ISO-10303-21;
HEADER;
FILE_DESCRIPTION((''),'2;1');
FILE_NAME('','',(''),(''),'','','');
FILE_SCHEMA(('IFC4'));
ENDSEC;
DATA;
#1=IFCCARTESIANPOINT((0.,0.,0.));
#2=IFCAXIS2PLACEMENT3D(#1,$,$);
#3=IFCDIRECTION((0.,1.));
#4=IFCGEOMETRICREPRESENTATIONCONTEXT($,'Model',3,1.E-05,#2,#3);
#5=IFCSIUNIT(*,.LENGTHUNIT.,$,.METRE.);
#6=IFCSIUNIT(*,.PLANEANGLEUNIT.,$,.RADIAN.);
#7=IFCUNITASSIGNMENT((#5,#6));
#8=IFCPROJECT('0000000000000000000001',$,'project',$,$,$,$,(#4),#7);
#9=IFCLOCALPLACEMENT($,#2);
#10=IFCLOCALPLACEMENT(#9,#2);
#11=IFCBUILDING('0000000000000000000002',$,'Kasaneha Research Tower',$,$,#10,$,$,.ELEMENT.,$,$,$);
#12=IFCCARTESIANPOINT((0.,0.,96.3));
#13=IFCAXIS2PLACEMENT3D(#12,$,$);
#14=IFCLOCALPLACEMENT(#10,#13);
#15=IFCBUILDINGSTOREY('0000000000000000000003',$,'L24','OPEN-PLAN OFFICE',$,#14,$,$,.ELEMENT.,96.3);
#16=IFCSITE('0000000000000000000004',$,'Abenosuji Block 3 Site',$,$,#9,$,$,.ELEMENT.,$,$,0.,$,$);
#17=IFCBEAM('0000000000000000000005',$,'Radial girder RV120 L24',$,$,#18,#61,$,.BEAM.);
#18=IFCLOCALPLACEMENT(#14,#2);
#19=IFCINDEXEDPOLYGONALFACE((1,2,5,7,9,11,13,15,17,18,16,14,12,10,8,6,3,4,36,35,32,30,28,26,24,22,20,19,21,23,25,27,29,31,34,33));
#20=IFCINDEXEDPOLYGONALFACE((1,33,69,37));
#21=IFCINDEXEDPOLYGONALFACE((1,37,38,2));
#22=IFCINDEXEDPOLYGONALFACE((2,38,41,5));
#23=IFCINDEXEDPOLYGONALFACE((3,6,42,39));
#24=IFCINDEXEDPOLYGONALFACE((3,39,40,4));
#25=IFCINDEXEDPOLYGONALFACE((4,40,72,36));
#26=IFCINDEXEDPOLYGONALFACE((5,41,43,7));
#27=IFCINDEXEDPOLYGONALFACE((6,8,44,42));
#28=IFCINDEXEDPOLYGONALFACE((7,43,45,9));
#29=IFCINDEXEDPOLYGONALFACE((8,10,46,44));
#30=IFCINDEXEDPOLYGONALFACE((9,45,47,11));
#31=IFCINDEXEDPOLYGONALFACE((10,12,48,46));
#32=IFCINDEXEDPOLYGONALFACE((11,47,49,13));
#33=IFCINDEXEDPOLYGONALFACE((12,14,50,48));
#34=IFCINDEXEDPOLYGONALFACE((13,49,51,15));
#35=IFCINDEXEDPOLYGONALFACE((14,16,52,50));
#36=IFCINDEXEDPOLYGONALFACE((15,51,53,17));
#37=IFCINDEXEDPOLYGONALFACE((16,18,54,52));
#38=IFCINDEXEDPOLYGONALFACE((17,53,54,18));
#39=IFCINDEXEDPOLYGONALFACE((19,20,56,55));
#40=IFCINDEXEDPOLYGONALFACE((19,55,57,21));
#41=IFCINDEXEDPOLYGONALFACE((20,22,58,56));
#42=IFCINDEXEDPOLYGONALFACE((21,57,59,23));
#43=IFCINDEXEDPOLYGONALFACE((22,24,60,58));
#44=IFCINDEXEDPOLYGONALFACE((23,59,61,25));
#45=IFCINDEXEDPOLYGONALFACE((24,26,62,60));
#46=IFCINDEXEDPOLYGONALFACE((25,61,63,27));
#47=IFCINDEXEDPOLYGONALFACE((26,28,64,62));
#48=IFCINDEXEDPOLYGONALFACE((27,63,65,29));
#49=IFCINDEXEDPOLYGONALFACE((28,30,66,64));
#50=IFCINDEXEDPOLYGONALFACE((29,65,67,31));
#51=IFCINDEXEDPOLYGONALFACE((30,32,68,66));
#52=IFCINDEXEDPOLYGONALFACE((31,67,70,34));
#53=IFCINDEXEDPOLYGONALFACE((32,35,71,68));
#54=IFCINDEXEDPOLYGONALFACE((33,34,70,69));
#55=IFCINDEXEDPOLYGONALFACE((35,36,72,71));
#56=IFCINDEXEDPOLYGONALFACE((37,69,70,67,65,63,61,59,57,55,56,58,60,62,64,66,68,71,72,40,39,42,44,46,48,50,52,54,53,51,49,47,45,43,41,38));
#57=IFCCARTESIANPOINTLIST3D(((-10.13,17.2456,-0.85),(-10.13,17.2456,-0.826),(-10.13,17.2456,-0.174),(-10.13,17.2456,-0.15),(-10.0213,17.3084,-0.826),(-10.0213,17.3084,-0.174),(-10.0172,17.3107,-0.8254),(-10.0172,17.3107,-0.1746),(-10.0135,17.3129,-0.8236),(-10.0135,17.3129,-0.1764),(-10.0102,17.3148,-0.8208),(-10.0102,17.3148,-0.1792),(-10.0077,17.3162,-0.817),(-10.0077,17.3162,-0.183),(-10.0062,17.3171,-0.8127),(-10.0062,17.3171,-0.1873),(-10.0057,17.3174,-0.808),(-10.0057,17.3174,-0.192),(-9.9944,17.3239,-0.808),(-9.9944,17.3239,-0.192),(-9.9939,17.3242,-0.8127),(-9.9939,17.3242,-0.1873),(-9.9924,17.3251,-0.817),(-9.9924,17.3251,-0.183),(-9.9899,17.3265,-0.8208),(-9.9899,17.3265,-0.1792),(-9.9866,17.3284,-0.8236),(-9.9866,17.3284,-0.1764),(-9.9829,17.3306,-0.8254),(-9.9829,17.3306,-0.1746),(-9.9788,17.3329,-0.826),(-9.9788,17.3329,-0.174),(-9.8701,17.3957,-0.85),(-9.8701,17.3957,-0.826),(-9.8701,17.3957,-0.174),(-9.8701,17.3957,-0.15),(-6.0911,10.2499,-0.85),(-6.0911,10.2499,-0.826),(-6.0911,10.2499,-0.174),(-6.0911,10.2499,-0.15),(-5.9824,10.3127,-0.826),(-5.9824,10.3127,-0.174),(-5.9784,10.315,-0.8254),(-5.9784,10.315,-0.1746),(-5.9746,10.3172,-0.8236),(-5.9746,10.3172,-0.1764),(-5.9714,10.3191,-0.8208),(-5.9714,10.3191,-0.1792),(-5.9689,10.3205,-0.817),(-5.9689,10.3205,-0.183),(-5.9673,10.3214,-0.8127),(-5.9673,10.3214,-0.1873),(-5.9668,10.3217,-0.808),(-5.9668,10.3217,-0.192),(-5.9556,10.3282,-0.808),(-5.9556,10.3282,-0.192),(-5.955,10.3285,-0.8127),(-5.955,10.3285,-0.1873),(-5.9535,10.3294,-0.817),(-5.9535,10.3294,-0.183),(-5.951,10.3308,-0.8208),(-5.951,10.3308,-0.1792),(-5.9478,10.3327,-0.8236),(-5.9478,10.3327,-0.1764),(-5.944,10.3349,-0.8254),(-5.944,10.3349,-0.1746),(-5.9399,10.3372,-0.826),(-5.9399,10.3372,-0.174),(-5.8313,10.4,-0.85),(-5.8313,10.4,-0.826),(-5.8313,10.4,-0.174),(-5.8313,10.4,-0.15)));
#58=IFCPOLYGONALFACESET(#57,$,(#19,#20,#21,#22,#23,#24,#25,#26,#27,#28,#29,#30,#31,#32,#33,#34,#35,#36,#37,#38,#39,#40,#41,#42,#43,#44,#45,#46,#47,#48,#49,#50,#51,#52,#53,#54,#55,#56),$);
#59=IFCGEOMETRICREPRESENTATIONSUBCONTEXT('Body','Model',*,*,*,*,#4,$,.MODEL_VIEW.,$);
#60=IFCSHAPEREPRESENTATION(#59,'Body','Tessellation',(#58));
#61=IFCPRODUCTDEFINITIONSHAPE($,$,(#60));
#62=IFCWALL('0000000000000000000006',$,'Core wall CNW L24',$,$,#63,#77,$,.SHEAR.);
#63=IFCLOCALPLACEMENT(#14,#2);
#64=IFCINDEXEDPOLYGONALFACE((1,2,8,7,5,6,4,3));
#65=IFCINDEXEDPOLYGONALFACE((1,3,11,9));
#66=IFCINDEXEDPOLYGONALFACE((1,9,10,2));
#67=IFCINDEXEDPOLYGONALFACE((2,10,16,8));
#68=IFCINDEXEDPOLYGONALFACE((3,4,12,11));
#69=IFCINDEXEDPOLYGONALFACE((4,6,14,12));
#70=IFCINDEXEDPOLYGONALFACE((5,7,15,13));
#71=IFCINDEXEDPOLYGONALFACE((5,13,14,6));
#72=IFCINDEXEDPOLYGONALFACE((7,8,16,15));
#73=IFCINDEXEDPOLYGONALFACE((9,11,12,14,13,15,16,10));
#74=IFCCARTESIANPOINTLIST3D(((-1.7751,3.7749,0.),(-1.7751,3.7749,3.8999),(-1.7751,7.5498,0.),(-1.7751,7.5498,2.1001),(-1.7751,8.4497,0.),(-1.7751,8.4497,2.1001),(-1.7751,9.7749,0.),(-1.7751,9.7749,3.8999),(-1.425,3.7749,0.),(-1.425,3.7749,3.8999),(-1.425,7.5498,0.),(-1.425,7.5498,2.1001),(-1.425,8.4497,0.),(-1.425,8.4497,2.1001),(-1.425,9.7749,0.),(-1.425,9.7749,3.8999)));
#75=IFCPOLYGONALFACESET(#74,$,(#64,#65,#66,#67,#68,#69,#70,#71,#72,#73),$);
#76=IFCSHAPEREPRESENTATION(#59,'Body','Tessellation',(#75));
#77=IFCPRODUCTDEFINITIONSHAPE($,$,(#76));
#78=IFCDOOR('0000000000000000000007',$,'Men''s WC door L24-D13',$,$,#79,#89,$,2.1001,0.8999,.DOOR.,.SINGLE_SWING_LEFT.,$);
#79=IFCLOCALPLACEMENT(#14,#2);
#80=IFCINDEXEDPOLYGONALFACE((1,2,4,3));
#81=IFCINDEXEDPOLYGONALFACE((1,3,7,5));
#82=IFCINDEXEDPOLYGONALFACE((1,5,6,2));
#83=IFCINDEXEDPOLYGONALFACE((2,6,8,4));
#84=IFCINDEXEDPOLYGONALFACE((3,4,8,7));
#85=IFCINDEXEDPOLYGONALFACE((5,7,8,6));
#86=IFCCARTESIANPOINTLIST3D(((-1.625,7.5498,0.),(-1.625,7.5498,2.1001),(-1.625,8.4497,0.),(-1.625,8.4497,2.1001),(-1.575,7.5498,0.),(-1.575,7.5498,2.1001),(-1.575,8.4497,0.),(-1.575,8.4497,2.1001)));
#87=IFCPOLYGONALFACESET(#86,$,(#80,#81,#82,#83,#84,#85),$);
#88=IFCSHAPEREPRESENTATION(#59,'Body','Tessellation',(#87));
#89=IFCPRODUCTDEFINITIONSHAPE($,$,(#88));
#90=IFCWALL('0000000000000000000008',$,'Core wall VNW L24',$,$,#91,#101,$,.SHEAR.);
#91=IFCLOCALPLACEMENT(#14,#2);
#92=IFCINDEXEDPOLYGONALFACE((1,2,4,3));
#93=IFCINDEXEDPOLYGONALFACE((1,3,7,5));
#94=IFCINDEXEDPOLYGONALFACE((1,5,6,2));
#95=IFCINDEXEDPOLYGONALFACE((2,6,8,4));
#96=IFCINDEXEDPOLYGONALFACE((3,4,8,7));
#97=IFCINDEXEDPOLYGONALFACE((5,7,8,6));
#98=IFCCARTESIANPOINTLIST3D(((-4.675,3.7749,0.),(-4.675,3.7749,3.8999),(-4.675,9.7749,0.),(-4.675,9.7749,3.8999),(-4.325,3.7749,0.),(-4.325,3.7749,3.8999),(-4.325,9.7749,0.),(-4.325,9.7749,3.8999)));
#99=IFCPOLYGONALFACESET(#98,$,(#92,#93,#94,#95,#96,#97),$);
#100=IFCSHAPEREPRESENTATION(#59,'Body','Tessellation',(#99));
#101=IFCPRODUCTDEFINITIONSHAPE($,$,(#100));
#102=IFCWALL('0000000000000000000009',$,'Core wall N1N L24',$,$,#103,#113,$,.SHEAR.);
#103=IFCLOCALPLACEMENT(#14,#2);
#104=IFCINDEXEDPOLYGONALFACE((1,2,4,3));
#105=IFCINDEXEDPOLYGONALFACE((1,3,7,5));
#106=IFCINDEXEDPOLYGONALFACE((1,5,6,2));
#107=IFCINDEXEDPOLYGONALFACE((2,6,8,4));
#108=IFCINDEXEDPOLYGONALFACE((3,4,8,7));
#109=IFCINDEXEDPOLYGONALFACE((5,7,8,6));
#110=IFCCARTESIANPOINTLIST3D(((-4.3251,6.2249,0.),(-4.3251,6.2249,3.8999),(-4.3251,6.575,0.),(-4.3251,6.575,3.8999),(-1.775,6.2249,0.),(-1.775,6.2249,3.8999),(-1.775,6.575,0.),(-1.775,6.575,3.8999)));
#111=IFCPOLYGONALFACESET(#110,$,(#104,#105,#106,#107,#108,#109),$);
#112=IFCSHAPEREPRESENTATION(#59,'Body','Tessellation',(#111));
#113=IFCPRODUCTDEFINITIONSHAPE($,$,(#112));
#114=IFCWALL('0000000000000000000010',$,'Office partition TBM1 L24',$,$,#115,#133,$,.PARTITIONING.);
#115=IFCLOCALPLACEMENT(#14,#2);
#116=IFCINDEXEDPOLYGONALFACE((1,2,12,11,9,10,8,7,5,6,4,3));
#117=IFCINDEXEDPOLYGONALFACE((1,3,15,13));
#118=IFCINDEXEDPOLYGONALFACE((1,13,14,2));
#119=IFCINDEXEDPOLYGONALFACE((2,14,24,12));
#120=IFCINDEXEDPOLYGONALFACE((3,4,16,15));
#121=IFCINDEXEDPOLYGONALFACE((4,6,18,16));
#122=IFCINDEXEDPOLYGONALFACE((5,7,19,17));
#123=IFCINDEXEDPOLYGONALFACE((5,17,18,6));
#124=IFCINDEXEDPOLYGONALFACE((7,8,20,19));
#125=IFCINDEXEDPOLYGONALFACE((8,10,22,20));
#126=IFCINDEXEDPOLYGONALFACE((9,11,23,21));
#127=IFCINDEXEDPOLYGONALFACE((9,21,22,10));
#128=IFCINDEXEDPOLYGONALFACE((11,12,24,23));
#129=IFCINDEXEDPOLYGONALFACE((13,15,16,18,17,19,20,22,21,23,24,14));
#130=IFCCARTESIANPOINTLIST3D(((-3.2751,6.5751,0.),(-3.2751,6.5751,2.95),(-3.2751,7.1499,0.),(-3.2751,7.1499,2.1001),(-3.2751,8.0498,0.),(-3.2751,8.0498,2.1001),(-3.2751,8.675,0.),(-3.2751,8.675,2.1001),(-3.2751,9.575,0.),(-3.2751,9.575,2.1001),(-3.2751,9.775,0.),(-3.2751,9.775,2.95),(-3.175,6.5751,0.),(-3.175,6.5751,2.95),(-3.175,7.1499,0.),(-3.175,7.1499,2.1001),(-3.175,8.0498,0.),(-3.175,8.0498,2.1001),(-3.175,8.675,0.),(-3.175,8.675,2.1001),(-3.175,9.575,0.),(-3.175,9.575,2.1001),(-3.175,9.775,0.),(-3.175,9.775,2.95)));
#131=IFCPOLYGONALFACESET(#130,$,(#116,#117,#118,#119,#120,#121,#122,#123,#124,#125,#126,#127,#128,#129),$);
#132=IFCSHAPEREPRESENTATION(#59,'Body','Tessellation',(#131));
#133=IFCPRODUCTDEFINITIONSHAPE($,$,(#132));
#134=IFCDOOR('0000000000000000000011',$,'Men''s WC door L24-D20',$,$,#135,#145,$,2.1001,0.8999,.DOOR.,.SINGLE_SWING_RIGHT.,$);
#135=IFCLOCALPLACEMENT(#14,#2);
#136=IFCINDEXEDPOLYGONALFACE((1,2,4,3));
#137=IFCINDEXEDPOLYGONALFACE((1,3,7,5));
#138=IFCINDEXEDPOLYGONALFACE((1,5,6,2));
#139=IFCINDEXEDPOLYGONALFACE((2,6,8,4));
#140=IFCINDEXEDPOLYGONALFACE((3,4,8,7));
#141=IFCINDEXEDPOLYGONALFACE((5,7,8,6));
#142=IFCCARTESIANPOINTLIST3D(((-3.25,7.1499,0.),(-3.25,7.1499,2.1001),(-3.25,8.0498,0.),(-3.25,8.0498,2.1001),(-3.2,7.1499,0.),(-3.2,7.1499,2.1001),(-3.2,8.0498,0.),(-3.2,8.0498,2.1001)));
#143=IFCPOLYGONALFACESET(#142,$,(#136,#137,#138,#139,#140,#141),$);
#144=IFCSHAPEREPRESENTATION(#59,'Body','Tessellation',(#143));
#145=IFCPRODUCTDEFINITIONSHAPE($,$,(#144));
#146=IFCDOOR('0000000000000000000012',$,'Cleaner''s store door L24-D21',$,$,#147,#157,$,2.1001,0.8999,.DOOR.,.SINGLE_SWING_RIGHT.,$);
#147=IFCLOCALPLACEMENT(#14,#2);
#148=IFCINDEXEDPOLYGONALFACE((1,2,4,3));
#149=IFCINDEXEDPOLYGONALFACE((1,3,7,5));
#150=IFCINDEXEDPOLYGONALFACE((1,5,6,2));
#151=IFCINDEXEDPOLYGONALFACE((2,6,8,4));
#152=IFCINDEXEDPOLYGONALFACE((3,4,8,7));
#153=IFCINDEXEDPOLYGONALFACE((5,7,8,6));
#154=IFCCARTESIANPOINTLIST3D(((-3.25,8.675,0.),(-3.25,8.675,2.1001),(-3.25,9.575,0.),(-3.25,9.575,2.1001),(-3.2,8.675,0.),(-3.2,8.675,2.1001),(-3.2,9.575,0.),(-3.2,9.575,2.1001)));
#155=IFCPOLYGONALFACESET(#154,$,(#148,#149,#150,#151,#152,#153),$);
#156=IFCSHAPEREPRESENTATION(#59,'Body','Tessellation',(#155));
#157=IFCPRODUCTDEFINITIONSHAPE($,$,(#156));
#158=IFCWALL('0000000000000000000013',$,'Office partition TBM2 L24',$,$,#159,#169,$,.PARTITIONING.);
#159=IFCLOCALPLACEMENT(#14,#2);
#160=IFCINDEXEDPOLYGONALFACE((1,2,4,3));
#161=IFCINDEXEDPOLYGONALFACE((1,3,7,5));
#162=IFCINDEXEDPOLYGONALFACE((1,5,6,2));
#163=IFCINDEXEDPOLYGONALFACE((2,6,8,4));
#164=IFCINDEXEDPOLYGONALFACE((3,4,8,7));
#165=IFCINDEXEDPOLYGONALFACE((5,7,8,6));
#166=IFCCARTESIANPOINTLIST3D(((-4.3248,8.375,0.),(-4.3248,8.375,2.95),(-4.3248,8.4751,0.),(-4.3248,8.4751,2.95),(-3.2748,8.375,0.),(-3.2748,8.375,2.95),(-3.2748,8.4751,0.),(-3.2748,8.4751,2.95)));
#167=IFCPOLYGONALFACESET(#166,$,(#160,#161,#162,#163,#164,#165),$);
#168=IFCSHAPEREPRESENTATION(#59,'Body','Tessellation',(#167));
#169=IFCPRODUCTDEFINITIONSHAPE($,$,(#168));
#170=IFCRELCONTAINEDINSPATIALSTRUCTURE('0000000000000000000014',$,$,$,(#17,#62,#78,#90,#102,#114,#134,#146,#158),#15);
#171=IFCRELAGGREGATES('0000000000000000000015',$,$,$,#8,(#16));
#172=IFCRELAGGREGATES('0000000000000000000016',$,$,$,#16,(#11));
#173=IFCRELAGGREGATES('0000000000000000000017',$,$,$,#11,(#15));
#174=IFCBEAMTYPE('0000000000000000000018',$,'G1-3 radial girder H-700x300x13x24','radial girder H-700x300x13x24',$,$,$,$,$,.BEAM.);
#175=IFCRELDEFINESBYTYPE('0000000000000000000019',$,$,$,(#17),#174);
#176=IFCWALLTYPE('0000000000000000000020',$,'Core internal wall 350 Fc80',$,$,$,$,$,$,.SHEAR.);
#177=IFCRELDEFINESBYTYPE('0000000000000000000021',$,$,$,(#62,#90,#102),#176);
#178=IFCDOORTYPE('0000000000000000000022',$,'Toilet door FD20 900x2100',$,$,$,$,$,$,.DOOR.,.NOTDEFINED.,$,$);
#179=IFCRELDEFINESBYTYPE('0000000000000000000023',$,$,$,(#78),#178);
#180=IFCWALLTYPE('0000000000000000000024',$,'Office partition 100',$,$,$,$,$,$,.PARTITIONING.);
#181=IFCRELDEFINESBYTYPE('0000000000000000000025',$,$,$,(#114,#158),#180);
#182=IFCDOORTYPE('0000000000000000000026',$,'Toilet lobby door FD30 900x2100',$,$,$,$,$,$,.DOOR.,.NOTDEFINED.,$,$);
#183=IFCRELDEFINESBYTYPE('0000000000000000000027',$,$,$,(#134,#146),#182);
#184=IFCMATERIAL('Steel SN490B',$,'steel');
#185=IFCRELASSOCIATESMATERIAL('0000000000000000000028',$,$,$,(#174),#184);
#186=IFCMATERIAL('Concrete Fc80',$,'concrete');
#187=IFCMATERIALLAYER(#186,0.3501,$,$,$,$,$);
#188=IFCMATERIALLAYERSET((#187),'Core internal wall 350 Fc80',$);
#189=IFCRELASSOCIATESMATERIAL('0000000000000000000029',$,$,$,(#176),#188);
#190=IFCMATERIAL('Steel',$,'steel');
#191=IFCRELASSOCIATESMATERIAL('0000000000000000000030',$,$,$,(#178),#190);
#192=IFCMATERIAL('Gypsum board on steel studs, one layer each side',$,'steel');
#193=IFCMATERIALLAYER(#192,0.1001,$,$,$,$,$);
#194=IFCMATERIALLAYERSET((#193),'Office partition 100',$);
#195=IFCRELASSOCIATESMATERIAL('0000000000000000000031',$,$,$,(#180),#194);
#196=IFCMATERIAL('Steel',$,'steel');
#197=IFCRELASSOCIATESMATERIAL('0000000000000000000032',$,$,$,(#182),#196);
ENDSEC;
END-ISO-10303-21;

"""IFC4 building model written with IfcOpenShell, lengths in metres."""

from ifc_helpers import new_model, si_unit, direction, frame, frame_2d, origin, origin_2d, place, context, subcontext, project, spatial, rectangle, i_section, extrude, material, layer, layer_set, material_profile, profile_set, type_object, element, fill, save


model = new_model("IFC4")

# Units and contexts
model_context = context("Model", 3, precision=1e-05, world=origin(), true_north=direction((0.0, 1.0)))
body_context = subcontext(model_context, "Body", "Model", "MODEL_VIEW")
ifc_project = project(units=[si_unit("LENGTHUNIT", "METRE"), si_unit("PLANEANGLEUNIT", "RADIAN")], contexts=[model_context])

# Site, building, storey
site_placement = place(None, origin())
site = spatial("IfcSite", under=ifc_project, at=site_placement, Name="Abenosuji Block 3 Site", CompositionType="ELEMENT", RefElevation=0.0)
building_placement = place(site_placement, origin())
building = spatial("IfcBuilding", under=site, at=building_placement, Name="Kasaneha Research Tower", CompositionType="ELEMENT")
storey_placement = place(building_placement, frame((0.0, 0.0, 96.3)))
storey = spatial("IfcBuildingStorey", under=building, at=storey_placement, Name="L24", Description="OPEN-PLAN OFFICE", CompositionType="ELEMENT", Elevation=96.3)

# Beam
ifc_material_1 = material(Name="Steel SN490B", Category="steel")
ifc_material_profile = material_profile(ifc_material_1, i_section(OverallWidth=0.3, OverallDepth=0.7, WebThickness=0.0129, FlangeThickness=0.0239, FilletRadius=0.0181, at=origin_2d()), Name="H-700x300x13x24")
ifc_profile_set = profile_set([ifc_material_profile], Name="Steel SN490B")
beam_type = type_object("IfcBeamType", Name="G1-3 radial girder H-700x300x13x24", Description="radial girder H-700x300x13x24", PredefinedType="BEAM", material=ifc_profile_set)
beam_placement = place(storey_placement, frame((-5.9612, 10.325, -0.5), z_axis=(-0.499991, 0.866031, 0.0), x_axis=(-0.866031, -0.499991, 0.0)))
element("IfcBeam", 1, at=beam_placement, inside=storey, type_object=beam_type, Name="Radial girder RV120 L24", PredefinedType="BEAM", context=body_context, shape_type="SweptSolid", body=[
    extrude(i_section(OverallWidth=0.3, OverallDepth=0.7, WebThickness=0.0129, FlangeThickness=0.0239, FilletRadius=0.0181, at=origin_2d()), origin(), (0.0, 0.0, 1.0), 8.0779),
])

# Wall, opening, door
ifc_material_2 = material(Name="Concrete Fc80", Category="concrete")
ifc_layer_1 = layer(ifc_material_2, 0.3501)
ifc_layer_set_1 = layer_set([ifc_layer_1], Name="Core internal wall 350 Fc80")
wall_type_1 = type_object("IfcWallType", Name="Core internal wall 350 Fc80", PredefinedType="SHEAR", material=ifc_layer_set_1)
wall_1_placement = place(storey_placement, frame((-1.6001, 3.7749, 0.0), z_axis=(0.0, 0.0, 1.0), x_axis=(0.0, 1.0, 0.0)))
wall_1 = element("IfcWall", 2, at=wall_1_placement, inside=storey, type_object=wall_type_1, Name="Core wall CNW L24", PredefinedType="SHEAR", context=body_context, shape_type="SweptSolid", body=[
    extrude(rectangle(XDim=6.0, YDim=0.3501, at=frame_2d((3.0, 0.0))), origin(), (0.0, 0.0, 1.0), 3.8999),
])
opening_1_placement = place(wall_1_placement, frame((3.7749, 0.0, 0.0)))
opening_1 = element("IfcOpeningElement", 3, at=opening_1_placement, cuts=wall_1, PredefinedType="OPENING", context=body_context, shape_type="SweptSolid", body=[
    extrude(rectangle(XDim=0.8999, YDim=2.1001, at=frame_2d((0.45, 1.05))), frame((0.0, 0.1851, 0.0), z_axis=(0.0, -1.0, 0.0), x_axis=(1.0, 0.0, 0.0)), (0.0, 0.0, 1.0), 0.3701),
])
ifc_material_3 = material(Name="Steel", Category="steel")
door_type_1 = type_object("IfcDoorType", Name="Toilet door FD20 900x2100", OperationType="NOTDEFINED", PredefinedType="DOOR", material=ifc_material_3)
door_1_placement = place(opening_1_placement, origin())
door_1 = element("IfcDoor", 4, at=door_1_placement, inside=storey, type_object=door_type_1, Name="Men's WC door L24-D13", OperationType="SINGLE_SWING_LEFT", OverallHeight=2.1001, OverallWidth=0.8999, PredefinedType="DOOR", context=body_context, shape_type="SweptSolid", body=[
    extrude(rectangle(XDim=0.8999, YDim=2.1001, at=frame_2d((0.45, 1.05))), frame((0.0, 0.0249, 0.0), z_axis=(0.0, -1.0, 0.0), x_axis=(1.0, 0.0, 0.0)), (0.0, 0.0, 1.0), 0.05),
])
fill(opening_1, door_1)

# Walls
wall_2_placement = place(storey_placement, frame((-4.5, 3.7749, 0.0), z_axis=(0.0, 0.0, 1.0), x_axis=(0.0, 1.0, 0.0)))
element("IfcWall", 5, at=wall_2_placement, inside=storey, type_object=wall_type_1, Name="Core wall VNW L24", PredefinedType="SHEAR", context=body_context, shape_type="SweptSolid", body=[
    extrude(rectangle(XDim=6.0, YDim=0.3501, at=frame_2d((3.0, 0.0))), origin(), (0.0, 0.0, 1.0), 3.8999),
])
wall_3_placement = place(storey_placement, frame((-4.325, 6.3999, 0.0), z_axis=(0.0, 0.0, 1.0), x_axis=(1.0, 0.0, 0.0)))
element("IfcWall", 6, at=wall_3_placement, inside=storey, type_object=wall_type_1, Name="Core wall N1N L24", PredefinedType="SHEAR", context=body_context, shape_type="SweptSolid", body=[
    extrude(rectangle(XDim=2.55, YDim=0.3501, at=frame_2d((1.2749, 0.0))), origin(), (0.0, 0.0, 1.0), 3.8999),
])

# Wall, openings, doors
ifc_material_4 = material(Name="Gypsum board on steel studs, one layer each side", Category="steel")
ifc_layer_2 = layer(ifc_material_4, 0.1001)
ifc_layer_set_2 = layer_set([ifc_layer_2], Name="Office partition 100")
wall_type_2 = type_object("IfcWallType", Name="Office partition 100", PredefinedType="PARTITIONING", material=ifc_layer_set_2)
wall_4_placement = place(storey_placement, frame((-3.2251, 6.575, 0.0), z_axis=(0.0, 0.0, 1.0), x_axis=(0.0, 1.0, 0.0)))
wall_4 = element("IfcWall", 7, at=wall_4_placement, inside=storey, type_object=wall_type_2, Name="Office partition TBM1 L24", PredefinedType="PARTITIONING", context=body_context, shape_type="SweptSolid", body=[
    extrude(rectangle(XDim=3.2, YDim=0.1001, at=frame_2d((1.6001, 0.0))), origin(), (0.0, 0.0, 1.0), 2.95),
])
opening_2_placement = place(wall_4_placement, frame((0.575, 0.0, 0.0)))
opening_2 = element("IfcOpeningElement", 8, at=opening_2_placement, cuts=wall_4, PredefinedType="OPENING", context=body_context, shape_type="SweptSolid", body=[
    extrude(rectangle(XDim=0.8999, YDim=2.1001, at=frame_2d((0.45, 1.05))), frame((0.0, 0.0601, 0.0), z_axis=(0.0, -1.0, 0.0), x_axis=(1.0, 0.0, 0.0)), (0.0, 0.0, 1.0), 0.1201),
])
opening_3_placement = place(wall_4_placement, frame((2.1001, 0.0, 0.0)))
opening_3 = element("IfcOpeningElement", 9, at=opening_3_placement, cuts=wall_4, PredefinedType="OPENING", context=body_context, shape_type="SweptSolid", body=[
    extrude(rectangle(XDim=0.8999, YDim=2.1001, at=frame_2d((0.45, 1.05))), frame((0.0, 0.0601, 0.0), z_axis=(0.0, -1.0, 0.0), x_axis=(1.0, 0.0, 0.0)), (0.0, 0.0, 1.0), 0.1201),
])
ifc_material_5 = material(Name="Steel", Category="steel")
door_type_2 = type_object("IfcDoorType", Name="Toilet lobby door FD30 900x2100", OperationType="NOTDEFINED", PredefinedType="DOOR", material=ifc_material_5)
door_2_placement = place(opening_2_placement, origin())
door_2 = element("IfcDoor", 10, at=door_2_placement, inside=storey, type_object=door_type_2, Name="Men's WC door L24-D20", OperationType="SINGLE_SWING_RIGHT", OverallHeight=2.1001, OverallWidth=0.8999, PredefinedType="DOOR", context=body_context, shape_type="SweptSolid", body=[
    extrude(rectangle(XDim=0.8999, YDim=2.1001, at=frame_2d((0.45, 1.05))), frame((0.0, 0.0249, 0.0), z_axis=(0.0, -1.0, 0.0), x_axis=(1.0, 0.0, 0.0)), (0.0, 0.0, 1.0), 0.05),
])
fill(opening_2, door_2)
door_3_placement = place(opening_3_placement, origin())
door_3 = element("IfcDoor", 11, at=door_3_placement, inside=storey, type_object=door_type_2, Name="Cleaner's store door L24-D21", OperationType="SINGLE_SWING_RIGHT", OverallHeight=2.1001, OverallWidth=0.8999, PredefinedType="DOOR", context=body_context, shape_type="SweptSolid", body=[
    extrude(rectangle(XDim=0.8999, YDim=2.1001, at=frame_2d((0.45, 1.05))), frame((0.0, 0.0249, 0.0), z_axis=(0.0, -1.0, 0.0), x_axis=(1.0, 0.0, 0.0)), (0.0, 0.0, 1.0), 0.05),
])
fill(opening_3, door_3)

# Wall
wall_5_placement = place(storey_placement, frame((-3.2749, 8.425, 0.0), z_axis=(0.0, 0.0, 1.0), x_axis=(-1.0, 0.0, 0.0)))
element("IfcWall", 12, at=wall_5_placement, inside=storey, type_object=wall_type_2, Name="Office partition TBM2 L24", PredefinedType="PARTITIONING", context=body_context, shape_type="SweptSolid", body=[
    extrude(rectangle(XDim=1.05, YDim=0.1001, at=frame_2d((0.5249, 0.0))), origin(), (0.0, 0.0, 1.0), 2.95),
])

save(model, "model.ifc")
